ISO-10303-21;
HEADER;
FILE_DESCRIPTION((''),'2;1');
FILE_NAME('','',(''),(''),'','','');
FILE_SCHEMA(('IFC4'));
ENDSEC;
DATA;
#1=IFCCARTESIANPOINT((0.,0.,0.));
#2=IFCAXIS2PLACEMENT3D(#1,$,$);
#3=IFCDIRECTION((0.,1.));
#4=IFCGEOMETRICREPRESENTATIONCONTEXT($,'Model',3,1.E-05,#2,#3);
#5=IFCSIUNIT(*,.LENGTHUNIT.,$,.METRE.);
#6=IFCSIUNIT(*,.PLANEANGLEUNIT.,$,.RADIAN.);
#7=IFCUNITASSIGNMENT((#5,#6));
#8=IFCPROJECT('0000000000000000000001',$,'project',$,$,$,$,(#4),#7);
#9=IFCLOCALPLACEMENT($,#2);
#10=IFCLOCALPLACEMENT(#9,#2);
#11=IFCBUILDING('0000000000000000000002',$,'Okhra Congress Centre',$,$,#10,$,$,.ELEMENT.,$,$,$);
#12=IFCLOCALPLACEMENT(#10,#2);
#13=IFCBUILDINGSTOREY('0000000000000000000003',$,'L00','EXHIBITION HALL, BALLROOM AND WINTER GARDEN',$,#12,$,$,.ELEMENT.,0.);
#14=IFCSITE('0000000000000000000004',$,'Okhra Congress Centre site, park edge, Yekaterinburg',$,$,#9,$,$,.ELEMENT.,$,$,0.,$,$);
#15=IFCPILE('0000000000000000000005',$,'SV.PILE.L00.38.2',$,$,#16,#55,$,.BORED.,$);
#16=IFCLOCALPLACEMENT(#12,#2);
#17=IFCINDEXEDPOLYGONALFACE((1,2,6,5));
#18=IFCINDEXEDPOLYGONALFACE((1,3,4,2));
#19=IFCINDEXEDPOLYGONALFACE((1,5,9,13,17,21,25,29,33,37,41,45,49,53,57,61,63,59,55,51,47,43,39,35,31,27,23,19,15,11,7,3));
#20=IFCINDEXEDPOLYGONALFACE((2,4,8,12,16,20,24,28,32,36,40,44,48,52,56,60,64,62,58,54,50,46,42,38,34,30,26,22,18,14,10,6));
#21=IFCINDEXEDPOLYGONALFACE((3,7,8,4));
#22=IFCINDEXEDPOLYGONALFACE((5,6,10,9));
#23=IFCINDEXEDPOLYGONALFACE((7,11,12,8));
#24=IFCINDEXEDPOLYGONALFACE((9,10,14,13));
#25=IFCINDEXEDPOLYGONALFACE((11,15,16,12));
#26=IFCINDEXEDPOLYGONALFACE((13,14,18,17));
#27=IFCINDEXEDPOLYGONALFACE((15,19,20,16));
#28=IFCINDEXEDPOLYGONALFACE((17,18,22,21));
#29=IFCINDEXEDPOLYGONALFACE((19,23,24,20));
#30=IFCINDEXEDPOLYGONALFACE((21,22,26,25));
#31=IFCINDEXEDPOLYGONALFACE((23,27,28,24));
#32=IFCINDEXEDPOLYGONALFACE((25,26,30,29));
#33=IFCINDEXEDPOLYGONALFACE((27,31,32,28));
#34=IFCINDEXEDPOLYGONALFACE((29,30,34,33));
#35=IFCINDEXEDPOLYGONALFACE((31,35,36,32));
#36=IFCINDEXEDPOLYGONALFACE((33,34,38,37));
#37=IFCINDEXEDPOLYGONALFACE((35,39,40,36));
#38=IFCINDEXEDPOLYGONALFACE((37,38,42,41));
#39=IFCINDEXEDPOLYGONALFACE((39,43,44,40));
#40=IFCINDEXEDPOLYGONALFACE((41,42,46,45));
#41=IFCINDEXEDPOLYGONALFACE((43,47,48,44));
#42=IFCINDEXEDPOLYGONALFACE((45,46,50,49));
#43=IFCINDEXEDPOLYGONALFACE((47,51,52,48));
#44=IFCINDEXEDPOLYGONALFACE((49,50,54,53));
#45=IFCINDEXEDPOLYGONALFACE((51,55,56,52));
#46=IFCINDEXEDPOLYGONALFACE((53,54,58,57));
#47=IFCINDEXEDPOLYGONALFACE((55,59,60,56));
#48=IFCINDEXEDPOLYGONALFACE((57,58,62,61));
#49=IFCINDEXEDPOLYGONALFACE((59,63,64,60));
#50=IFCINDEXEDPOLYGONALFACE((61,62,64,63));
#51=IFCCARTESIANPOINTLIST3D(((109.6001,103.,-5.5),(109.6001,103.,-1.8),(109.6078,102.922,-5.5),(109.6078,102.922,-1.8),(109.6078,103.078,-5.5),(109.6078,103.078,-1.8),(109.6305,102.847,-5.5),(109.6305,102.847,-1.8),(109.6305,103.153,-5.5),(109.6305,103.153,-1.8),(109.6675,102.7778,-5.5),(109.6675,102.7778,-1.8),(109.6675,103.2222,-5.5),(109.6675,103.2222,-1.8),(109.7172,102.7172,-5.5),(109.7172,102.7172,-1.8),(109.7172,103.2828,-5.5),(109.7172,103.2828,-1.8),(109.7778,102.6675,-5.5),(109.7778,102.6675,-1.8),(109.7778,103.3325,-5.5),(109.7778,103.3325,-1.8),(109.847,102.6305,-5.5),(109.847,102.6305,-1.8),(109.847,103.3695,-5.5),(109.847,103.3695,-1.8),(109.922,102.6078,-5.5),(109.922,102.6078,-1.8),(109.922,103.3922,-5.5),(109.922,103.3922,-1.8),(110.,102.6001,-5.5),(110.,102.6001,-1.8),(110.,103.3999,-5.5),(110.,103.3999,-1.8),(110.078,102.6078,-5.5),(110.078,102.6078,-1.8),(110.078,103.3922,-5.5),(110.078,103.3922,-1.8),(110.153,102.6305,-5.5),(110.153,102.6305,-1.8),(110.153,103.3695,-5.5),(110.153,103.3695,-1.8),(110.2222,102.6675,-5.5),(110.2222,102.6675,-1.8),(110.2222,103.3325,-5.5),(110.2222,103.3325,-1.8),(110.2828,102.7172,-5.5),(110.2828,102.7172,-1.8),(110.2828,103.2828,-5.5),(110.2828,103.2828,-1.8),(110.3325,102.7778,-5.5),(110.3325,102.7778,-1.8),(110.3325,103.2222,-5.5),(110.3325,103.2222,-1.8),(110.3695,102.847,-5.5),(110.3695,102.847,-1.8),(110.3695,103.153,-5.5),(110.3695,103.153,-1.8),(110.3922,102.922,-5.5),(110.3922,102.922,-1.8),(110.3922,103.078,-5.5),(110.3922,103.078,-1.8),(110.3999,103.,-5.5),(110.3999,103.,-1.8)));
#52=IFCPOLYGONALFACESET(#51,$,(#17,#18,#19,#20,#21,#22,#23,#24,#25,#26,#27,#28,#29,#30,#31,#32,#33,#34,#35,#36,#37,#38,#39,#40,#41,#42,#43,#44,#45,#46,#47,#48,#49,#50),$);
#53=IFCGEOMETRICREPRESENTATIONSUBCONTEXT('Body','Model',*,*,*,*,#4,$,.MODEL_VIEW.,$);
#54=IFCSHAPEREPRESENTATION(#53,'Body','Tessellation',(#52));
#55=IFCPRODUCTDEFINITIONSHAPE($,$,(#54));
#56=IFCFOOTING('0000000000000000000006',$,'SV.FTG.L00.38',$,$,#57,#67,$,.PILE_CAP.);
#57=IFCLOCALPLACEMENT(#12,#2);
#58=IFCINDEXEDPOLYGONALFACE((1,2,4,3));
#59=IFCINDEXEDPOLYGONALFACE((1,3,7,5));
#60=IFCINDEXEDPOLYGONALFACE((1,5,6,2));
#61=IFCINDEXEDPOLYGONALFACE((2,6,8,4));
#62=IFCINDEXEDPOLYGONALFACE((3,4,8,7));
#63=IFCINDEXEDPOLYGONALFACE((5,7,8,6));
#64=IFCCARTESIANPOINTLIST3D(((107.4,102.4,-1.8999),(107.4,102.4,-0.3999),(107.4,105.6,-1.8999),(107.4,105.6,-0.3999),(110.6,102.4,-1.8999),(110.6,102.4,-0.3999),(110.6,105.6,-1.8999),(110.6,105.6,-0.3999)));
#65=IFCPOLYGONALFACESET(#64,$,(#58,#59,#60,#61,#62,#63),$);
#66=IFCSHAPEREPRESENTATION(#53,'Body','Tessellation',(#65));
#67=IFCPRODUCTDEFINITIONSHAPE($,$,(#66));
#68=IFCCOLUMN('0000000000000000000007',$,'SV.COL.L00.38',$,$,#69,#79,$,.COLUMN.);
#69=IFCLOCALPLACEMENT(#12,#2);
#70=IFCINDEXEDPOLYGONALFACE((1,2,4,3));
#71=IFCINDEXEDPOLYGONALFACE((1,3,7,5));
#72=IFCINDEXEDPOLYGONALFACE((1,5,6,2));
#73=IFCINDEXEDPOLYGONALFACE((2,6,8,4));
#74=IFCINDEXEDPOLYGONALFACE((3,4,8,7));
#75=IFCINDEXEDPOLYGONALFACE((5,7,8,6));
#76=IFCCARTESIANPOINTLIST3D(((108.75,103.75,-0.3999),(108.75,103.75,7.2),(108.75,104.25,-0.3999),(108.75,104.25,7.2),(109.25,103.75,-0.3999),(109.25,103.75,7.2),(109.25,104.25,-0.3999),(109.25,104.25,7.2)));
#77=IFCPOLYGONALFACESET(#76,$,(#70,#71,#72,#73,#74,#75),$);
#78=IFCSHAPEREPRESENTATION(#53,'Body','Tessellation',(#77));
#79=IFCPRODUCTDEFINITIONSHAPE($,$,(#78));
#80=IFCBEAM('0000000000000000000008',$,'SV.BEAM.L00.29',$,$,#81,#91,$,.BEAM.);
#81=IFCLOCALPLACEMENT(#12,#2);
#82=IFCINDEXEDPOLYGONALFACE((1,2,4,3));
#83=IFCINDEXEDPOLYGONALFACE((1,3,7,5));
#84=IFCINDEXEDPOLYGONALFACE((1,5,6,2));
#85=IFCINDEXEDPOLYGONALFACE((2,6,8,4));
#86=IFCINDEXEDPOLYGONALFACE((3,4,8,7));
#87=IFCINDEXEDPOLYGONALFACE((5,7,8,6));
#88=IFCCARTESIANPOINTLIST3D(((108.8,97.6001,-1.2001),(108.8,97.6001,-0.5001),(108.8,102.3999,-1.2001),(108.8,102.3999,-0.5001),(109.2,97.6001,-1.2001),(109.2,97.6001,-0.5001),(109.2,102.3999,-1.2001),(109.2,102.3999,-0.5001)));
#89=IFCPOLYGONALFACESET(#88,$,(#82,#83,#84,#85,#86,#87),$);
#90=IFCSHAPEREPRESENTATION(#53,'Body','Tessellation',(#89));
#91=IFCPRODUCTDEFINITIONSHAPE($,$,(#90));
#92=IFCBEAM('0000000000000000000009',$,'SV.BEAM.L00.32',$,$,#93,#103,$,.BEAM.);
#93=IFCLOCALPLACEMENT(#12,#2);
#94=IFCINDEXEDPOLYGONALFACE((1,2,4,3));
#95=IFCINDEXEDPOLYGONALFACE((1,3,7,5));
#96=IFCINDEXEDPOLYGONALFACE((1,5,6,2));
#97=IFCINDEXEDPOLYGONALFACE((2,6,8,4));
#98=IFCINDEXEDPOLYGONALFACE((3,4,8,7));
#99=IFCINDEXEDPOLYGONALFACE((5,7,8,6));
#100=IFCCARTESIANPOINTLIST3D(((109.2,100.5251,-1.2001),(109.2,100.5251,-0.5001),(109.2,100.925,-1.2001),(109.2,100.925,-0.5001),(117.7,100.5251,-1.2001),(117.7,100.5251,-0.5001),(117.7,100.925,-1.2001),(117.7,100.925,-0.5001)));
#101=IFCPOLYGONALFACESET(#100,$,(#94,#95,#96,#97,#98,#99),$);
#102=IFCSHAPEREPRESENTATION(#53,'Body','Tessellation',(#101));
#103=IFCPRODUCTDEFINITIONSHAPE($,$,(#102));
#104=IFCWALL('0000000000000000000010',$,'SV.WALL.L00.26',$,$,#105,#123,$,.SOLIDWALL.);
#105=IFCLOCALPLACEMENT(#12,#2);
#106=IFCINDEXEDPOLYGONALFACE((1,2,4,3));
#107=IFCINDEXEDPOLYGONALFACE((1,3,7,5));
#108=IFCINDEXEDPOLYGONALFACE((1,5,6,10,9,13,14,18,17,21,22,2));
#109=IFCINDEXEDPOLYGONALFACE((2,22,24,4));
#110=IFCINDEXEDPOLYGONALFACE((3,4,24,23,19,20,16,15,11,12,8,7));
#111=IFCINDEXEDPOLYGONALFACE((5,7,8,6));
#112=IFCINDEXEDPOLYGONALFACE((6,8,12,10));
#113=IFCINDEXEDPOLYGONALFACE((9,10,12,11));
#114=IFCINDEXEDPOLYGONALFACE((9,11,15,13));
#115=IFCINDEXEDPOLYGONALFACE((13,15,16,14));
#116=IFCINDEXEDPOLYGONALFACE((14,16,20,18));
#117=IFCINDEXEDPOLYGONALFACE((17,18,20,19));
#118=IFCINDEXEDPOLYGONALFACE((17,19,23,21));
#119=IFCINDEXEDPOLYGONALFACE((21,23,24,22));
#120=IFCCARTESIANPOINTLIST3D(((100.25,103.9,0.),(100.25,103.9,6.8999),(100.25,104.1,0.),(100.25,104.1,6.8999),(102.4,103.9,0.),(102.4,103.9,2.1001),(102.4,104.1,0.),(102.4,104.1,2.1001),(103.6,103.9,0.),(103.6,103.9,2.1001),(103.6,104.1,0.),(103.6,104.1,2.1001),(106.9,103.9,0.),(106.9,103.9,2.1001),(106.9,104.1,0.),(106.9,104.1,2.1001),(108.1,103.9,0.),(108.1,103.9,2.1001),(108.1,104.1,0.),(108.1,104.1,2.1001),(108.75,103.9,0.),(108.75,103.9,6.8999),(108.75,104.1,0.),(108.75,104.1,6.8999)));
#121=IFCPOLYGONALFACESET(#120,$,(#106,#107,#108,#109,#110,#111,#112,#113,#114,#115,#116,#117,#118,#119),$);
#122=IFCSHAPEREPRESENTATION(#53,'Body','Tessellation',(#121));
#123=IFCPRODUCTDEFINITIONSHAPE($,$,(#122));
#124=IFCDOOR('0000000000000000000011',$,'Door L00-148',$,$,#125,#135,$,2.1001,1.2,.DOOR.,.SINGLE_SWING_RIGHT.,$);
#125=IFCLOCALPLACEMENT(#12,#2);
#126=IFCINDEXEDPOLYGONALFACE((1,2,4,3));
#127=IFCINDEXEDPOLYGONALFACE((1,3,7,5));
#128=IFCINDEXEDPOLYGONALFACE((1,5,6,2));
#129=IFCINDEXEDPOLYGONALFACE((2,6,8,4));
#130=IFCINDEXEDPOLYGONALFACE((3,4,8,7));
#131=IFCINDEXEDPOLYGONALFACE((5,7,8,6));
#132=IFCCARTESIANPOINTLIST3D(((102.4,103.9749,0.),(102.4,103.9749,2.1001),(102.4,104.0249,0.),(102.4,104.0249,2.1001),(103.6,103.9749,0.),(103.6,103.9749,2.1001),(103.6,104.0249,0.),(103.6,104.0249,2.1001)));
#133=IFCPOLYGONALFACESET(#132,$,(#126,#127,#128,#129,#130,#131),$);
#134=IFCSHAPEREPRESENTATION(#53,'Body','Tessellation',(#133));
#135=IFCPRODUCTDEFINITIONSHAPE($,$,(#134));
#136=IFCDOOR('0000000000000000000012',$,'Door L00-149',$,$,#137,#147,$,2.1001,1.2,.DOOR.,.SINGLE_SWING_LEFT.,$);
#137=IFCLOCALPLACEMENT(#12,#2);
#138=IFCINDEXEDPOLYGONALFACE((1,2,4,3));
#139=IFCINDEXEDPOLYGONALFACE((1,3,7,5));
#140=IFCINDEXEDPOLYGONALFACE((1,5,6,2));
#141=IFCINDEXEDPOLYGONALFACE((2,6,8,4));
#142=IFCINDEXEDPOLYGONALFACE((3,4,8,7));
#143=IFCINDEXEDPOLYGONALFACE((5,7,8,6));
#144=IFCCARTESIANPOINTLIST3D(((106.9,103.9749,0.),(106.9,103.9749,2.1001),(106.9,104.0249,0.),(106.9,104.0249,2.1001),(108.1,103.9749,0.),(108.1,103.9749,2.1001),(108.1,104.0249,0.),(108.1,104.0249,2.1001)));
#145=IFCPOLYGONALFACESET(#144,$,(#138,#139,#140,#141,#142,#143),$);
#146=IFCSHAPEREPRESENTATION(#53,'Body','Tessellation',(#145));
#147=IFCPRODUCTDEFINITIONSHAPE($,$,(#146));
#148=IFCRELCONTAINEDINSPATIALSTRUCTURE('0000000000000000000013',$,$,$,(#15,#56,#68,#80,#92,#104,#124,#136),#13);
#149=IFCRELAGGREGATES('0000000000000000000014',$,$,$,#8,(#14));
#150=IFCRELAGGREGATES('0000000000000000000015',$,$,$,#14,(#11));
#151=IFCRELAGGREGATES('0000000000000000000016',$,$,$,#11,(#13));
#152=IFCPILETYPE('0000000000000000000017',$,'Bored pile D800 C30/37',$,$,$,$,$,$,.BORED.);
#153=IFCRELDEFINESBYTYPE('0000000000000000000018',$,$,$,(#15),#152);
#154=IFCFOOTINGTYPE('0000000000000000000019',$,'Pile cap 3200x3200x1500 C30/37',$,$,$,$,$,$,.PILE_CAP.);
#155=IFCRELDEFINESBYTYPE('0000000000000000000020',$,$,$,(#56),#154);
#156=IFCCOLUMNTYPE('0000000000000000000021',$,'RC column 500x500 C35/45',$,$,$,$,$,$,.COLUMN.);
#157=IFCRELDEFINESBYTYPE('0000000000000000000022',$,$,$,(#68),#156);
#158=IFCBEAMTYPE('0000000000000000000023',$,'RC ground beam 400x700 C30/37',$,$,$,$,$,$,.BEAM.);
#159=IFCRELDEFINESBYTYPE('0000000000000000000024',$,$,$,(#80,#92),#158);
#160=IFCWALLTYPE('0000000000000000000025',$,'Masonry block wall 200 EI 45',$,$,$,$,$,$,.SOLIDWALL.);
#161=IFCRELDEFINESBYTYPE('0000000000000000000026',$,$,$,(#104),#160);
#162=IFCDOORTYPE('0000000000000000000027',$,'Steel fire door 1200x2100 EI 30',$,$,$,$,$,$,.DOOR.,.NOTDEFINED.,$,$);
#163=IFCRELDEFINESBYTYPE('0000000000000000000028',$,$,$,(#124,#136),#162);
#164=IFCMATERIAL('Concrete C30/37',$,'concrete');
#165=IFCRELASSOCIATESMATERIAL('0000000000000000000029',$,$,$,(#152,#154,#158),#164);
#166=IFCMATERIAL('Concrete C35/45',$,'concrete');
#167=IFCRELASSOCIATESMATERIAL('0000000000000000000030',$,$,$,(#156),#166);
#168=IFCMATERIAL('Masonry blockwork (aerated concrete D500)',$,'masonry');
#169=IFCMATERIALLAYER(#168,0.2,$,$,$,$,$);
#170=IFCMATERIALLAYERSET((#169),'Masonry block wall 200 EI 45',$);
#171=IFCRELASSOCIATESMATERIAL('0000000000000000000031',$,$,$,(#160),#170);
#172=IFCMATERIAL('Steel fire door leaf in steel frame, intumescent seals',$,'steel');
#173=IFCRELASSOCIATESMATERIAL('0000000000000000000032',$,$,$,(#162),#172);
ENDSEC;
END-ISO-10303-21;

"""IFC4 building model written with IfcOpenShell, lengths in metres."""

from ifc_helpers import new_model, si_unit, direction, frame, frame_2d, origin, origin_2d, place, context, subcontext, project, spatial, rectangle, circle, extrude, material, layer, layer_set, material_profile, profile_set, type_object, element, fill, save


model = new_model("IFC4")

# Units and contexts
model_context = context("Model", 3, precision=1e-05, world=origin(), true_north=direction((0.0, 1.0)))
body_context = subcontext(model_context, "Body", "Model", "MODEL_VIEW")
ifc_project = project(units=[si_unit("LENGTHUNIT", "METRE"), si_unit("PLANEANGLEUNIT", "RADIAN")], contexts=[model_context])

# Site, building, storey
site_placement = place(None, origin())
site = spatial("IfcSite", under=ifc_project, at=site_placement, Name="Okhra Congress Centre site, park edge, Yekaterinburg", CompositionType="ELEMENT", RefElevation=0.0)
building_placement = place(site_placement, origin())
building = spatial("IfcBuilding", under=site, at=building_placement, Name="Okhra Congress Centre", CompositionType="ELEMENT")
storey_placement = place(building_placement, origin())
storey = spatial("IfcBuildingStorey", under=building, at=storey_placement, Name="L00", Description="EXHIBITION HALL, BALLROOM AND WINTER GARDEN", CompositionType="ELEMENT", Elevation=0.0)

# Pile
ifc_material_1 = material(Name="Concrete C30/37", Category="concrete")
ifc_material_profile_1 = material_profile(ifc_material_1, circle(Radius=0.3999, at=origin_2d()), Name="D800")
ifc_profile_set_1 = profile_set([ifc_material_profile_1], Name="Concrete C30/37")
pile_type = type_object("IfcPileType", Name="Bored pile D800 C30/37", PredefinedType="BORED", material=ifc_profile_set_1)
for number, where, z_axis, x_axis, name in (
    (1, (110.0, 103.0, -1.8), (0.0, 0.0, -1.0), (1.0, 0.0, 0.0), "SV.PILE.L00.38.2"),
):
    element("IfcPile", number, at=place(storey_placement, frame(where, z_axis=z_axis, x_axis=x_axis)), inside=storey, type_object=pile_type, Name=name, PredefinedType="BORED", context=body_context, shape_type="SweptSolid", body=[
        extrude(circle(Radius=0.3999, at=origin_2d()), origin(), (0.0, 0.0, 1.0), 3.7),
    ])

# Footing
footing_type = type_object("IfcFootingType", Name="Pile cap 3200x3200x1500 C30/37", PredefinedType="PILE_CAP", material=ifc_material_1)
footing_placement = place(storey_placement, frame((109.0, 104.0, -1.8999), z_axis=(0.0, 0.0, 1.0), x_axis=(1.0, 0.0, 0.0)))
element("IfcFooting", 2, at=footing_placement, inside=storey, type_object=footing_type, Name="SV.FTG.L00.38", PredefinedType="PILE_CAP", context=body_context, shape_type="SweptSolid", body=[
    extrude(rectangle(XDim=3.2, YDim=3.2, at=origin_2d()), origin(), (0.0, 0.0, 1.0), 1.5),
])

# Column
ifc_material_2 = material(Name="Concrete C35/45", Category="concrete")
ifc_material_profile_2 = material_profile(ifc_material_2, rectangle(XDim=0.5, YDim=0.5, at=origin_2d()), Name="RC 500x500")
ifc_profile_set_2 = profile_set([ifc_material_profile_2], Name="Concrete C35/45")
column_type = type_object("IfcColumnType", Name="RC column 500x500 C35/45", PredefinedType="COLUMN", material=ifc_profile_set_2)
column_placement = place(storey_placement, frame((109.0, 104.0, -0.3999), z_axis=(0.0, 0.0, 1.0), x_axis=(1.0, 0.0, 0.0)))
element("IfcColumn", 3, at=column_placement, inside=storey, type_object=column_type, Name="SV.COL.L00.38", PredefinedType="COLUMN", context=body_context, shape_type="SweptSolid", body=[
    extrude(rectangle(XDim=0.5, YDim=0.5, at=origin_2d()), origin(), (0.0, 0.0, 1.0), 7.5999),
])

# Beams
ifc_material_profile_3 = material_profile(ifc_material_1, rectangle(XDim=0.3999, YDim=0.7, at=origin_2d()), Name="RC 400x700")
ifc_profile_set_3 = profile_set([ifc_material_profile_3], Name="Concrete C30/37")
beam_type = type_object("IfcBeamType", Name="RC ground beam 400x700 C30/37", PredefinedType="BEAM", material=ifc_profile_set_3)
beam_1_placement = place(storey_placement, frame((109.0, 97.6001, -0.8501), z_axis=(0.0, 1.0, 0.0), x_axis=(-1.0, 0.0, 0.0)))
element("IfcBeam", 4, at=beam_1_placement, inside=storey, type_object=beam_type, Name="SV.BEAM.L00.29", PredefinedType="BEAM", context=body_context, shape_type="SweptSolid", body=[
    extrude(rectangle(XDim=0.3999, YDim=0.7, at=origin_2d()), origin(), (0.0, 0.0, 1.0), 4.7998),
])
beam_2_placement = place(storey_placement, frame((109.2, 100.7251, -0.8501), z_axis=(1.0, 0.0, 0.0), x_axis=(0.0, 1.0, 0.0)))
element("IfcBeam", 5, at=beam_2_placement, inside=storey, type_object=beam_type, Name="SV.BEAM.L00.32", PredefinedType="BEAM", context=body_context, shape_type="SweptSolid", body=[
    extrude(rectangle(XDim=0.3999, YDim=0.7, at=origin_2d()), origin(), (0.0, 0.0, 1.0), 8.5),
])

# Wall, openings, doors
ifc_material_3 = material(Name="Masonry blockwork (aerated concrete D500)", Category="masonry")
ifc_layer_1 = layer(ifc_material_3, 0.2)
ifc_layer_set_1 = layer_set([ifc_layer_1], Name="Masonry block wall 200 EI 45")
wall_type_1 = type_object("IfcWallType", Name="Masonry block wall 200 EI 45", PredefinedType="SOLIDWALL", material=ifc_layer_set_1)
wall_1_placement = place(storey_placement, frame((100.25, 104.0, 0.0), z_axis=(0.0, 0.0, 1.0), x_axis=(1.0, 0.0, 0.0)))
wall_1 = element("IfcWall", 6, at=wall_1_placement, inside=storey, type_object=wall_type_1, Name="SV.WALL.L00.26", PredefinedType="SOLIDWALL", context=body_context, shape_type="SweptSolid", body=[
    extrude(rectangle(XDim=8.5, YDim=0.2, at=frame_2d((4.25, 0.0))), origin(), (0.0, 0.0, 1.0), 6.8999),
])
opening_1_placement = place(wall_1_placement, frame((2.1499, 0.0, 0.0)))
opening_1 = element("IfcOpeningElement", 7, at=opening_1_placement, cuts=wall_1, PredefinedType="OPENING", context=body_context, shape_type="SweptSolid", body=[
    extrude(rectangle(XDim=1.2, YDim=2.1001, at=frame_2d((0.6001, 1.05))), frame((0.0, 0.1099, 0.0), z_axis=(0.0, -1.0, 0.0), x_axis=(1.0, 0.0, 0.0)), (0.0, 0.0, 1.0), 0.22),
])
opening_2_placement = place(wall_1_placement, frame((6.6499, 0.0, 0.0)))
opening_2 = element("IfcOpeningElement", 8, at=opening_2_placement, cuts=wall_1, PredefinedType="OPENING", context=body_context, shape_type="SweptSolid", body=[
    extrude(rectangle(XDim=1.2, YDim=2.1001, at=frame_2d((0.6001, 1.05))), frame((0.0, 0.1099, 0.0), z_axis=(0.0, -1.0, 0.0), x_axis=(1.0, 0.0, 0.0)), (0.0, 0.0, 1.0), 0.22),
])
ifc_material_4 = material(Name="Steel fire door leaf in steel frame, intumescent seals", Category="steel")
door_type_1 = type_object("IfcDoorType", Name="Steel fire door 1200x2100 EI 30", OperationType="NOTDEFINED", PredefinedType="DOOR", material=ifc_material_4)
door_1_placement = place(opening_1_placement, origin())
door_1 = element("IfcDoor", 9, at=door_1_placement, inside=storey, type_object=door_type_1, Name="Door L00-148", OperationType="SINGLE_SWING_RIGHT", OverallHeight=2.1001, OverallWidth=1.2, PredefinedType="DOOR", context=body_context, shape_type="SweptSolid", body=[
    extrude(rectangle(XDim=1.2, YDim=2.1001, at=frame_2d((0.6001, 1.05))), frame((0.0, 0.0249, 0.0), z_axis=(0.0, -1.0, 0.0), x_axis=(1.0, 0.0, 0.0)), (0.0, 0.0, 1.0), 0.05),
])
fill(opening_1, door_1)
door_2_placement = place(opening_2_placement, origin())
door_2 = element("IfcDoor", 10, at=door_2_placement, inside=storey, type_object=door_type_1, Name="Door L00-149", OperationType="SINGLE_SWING_LEFT", OverallHeight=2.1001, OverallWidth=1.2, PredefinedType="DOOR", context=body_context, shape_type="SweptSolid", body=[
    extrude(rectangle(XDim=1.2, YDim=2.1001, at=frame_2d((0.6001, 1.05))), frame((0.0, 0.0249, 0.0), z_axis=(0.0, -1.0, 0.0), x_axis=(1.0, 0.0, 0.0)), (0.0, 0.0, 1.0), 0.05),
])
fill(opening_2, door_2)

save(model, "model.ifc")
